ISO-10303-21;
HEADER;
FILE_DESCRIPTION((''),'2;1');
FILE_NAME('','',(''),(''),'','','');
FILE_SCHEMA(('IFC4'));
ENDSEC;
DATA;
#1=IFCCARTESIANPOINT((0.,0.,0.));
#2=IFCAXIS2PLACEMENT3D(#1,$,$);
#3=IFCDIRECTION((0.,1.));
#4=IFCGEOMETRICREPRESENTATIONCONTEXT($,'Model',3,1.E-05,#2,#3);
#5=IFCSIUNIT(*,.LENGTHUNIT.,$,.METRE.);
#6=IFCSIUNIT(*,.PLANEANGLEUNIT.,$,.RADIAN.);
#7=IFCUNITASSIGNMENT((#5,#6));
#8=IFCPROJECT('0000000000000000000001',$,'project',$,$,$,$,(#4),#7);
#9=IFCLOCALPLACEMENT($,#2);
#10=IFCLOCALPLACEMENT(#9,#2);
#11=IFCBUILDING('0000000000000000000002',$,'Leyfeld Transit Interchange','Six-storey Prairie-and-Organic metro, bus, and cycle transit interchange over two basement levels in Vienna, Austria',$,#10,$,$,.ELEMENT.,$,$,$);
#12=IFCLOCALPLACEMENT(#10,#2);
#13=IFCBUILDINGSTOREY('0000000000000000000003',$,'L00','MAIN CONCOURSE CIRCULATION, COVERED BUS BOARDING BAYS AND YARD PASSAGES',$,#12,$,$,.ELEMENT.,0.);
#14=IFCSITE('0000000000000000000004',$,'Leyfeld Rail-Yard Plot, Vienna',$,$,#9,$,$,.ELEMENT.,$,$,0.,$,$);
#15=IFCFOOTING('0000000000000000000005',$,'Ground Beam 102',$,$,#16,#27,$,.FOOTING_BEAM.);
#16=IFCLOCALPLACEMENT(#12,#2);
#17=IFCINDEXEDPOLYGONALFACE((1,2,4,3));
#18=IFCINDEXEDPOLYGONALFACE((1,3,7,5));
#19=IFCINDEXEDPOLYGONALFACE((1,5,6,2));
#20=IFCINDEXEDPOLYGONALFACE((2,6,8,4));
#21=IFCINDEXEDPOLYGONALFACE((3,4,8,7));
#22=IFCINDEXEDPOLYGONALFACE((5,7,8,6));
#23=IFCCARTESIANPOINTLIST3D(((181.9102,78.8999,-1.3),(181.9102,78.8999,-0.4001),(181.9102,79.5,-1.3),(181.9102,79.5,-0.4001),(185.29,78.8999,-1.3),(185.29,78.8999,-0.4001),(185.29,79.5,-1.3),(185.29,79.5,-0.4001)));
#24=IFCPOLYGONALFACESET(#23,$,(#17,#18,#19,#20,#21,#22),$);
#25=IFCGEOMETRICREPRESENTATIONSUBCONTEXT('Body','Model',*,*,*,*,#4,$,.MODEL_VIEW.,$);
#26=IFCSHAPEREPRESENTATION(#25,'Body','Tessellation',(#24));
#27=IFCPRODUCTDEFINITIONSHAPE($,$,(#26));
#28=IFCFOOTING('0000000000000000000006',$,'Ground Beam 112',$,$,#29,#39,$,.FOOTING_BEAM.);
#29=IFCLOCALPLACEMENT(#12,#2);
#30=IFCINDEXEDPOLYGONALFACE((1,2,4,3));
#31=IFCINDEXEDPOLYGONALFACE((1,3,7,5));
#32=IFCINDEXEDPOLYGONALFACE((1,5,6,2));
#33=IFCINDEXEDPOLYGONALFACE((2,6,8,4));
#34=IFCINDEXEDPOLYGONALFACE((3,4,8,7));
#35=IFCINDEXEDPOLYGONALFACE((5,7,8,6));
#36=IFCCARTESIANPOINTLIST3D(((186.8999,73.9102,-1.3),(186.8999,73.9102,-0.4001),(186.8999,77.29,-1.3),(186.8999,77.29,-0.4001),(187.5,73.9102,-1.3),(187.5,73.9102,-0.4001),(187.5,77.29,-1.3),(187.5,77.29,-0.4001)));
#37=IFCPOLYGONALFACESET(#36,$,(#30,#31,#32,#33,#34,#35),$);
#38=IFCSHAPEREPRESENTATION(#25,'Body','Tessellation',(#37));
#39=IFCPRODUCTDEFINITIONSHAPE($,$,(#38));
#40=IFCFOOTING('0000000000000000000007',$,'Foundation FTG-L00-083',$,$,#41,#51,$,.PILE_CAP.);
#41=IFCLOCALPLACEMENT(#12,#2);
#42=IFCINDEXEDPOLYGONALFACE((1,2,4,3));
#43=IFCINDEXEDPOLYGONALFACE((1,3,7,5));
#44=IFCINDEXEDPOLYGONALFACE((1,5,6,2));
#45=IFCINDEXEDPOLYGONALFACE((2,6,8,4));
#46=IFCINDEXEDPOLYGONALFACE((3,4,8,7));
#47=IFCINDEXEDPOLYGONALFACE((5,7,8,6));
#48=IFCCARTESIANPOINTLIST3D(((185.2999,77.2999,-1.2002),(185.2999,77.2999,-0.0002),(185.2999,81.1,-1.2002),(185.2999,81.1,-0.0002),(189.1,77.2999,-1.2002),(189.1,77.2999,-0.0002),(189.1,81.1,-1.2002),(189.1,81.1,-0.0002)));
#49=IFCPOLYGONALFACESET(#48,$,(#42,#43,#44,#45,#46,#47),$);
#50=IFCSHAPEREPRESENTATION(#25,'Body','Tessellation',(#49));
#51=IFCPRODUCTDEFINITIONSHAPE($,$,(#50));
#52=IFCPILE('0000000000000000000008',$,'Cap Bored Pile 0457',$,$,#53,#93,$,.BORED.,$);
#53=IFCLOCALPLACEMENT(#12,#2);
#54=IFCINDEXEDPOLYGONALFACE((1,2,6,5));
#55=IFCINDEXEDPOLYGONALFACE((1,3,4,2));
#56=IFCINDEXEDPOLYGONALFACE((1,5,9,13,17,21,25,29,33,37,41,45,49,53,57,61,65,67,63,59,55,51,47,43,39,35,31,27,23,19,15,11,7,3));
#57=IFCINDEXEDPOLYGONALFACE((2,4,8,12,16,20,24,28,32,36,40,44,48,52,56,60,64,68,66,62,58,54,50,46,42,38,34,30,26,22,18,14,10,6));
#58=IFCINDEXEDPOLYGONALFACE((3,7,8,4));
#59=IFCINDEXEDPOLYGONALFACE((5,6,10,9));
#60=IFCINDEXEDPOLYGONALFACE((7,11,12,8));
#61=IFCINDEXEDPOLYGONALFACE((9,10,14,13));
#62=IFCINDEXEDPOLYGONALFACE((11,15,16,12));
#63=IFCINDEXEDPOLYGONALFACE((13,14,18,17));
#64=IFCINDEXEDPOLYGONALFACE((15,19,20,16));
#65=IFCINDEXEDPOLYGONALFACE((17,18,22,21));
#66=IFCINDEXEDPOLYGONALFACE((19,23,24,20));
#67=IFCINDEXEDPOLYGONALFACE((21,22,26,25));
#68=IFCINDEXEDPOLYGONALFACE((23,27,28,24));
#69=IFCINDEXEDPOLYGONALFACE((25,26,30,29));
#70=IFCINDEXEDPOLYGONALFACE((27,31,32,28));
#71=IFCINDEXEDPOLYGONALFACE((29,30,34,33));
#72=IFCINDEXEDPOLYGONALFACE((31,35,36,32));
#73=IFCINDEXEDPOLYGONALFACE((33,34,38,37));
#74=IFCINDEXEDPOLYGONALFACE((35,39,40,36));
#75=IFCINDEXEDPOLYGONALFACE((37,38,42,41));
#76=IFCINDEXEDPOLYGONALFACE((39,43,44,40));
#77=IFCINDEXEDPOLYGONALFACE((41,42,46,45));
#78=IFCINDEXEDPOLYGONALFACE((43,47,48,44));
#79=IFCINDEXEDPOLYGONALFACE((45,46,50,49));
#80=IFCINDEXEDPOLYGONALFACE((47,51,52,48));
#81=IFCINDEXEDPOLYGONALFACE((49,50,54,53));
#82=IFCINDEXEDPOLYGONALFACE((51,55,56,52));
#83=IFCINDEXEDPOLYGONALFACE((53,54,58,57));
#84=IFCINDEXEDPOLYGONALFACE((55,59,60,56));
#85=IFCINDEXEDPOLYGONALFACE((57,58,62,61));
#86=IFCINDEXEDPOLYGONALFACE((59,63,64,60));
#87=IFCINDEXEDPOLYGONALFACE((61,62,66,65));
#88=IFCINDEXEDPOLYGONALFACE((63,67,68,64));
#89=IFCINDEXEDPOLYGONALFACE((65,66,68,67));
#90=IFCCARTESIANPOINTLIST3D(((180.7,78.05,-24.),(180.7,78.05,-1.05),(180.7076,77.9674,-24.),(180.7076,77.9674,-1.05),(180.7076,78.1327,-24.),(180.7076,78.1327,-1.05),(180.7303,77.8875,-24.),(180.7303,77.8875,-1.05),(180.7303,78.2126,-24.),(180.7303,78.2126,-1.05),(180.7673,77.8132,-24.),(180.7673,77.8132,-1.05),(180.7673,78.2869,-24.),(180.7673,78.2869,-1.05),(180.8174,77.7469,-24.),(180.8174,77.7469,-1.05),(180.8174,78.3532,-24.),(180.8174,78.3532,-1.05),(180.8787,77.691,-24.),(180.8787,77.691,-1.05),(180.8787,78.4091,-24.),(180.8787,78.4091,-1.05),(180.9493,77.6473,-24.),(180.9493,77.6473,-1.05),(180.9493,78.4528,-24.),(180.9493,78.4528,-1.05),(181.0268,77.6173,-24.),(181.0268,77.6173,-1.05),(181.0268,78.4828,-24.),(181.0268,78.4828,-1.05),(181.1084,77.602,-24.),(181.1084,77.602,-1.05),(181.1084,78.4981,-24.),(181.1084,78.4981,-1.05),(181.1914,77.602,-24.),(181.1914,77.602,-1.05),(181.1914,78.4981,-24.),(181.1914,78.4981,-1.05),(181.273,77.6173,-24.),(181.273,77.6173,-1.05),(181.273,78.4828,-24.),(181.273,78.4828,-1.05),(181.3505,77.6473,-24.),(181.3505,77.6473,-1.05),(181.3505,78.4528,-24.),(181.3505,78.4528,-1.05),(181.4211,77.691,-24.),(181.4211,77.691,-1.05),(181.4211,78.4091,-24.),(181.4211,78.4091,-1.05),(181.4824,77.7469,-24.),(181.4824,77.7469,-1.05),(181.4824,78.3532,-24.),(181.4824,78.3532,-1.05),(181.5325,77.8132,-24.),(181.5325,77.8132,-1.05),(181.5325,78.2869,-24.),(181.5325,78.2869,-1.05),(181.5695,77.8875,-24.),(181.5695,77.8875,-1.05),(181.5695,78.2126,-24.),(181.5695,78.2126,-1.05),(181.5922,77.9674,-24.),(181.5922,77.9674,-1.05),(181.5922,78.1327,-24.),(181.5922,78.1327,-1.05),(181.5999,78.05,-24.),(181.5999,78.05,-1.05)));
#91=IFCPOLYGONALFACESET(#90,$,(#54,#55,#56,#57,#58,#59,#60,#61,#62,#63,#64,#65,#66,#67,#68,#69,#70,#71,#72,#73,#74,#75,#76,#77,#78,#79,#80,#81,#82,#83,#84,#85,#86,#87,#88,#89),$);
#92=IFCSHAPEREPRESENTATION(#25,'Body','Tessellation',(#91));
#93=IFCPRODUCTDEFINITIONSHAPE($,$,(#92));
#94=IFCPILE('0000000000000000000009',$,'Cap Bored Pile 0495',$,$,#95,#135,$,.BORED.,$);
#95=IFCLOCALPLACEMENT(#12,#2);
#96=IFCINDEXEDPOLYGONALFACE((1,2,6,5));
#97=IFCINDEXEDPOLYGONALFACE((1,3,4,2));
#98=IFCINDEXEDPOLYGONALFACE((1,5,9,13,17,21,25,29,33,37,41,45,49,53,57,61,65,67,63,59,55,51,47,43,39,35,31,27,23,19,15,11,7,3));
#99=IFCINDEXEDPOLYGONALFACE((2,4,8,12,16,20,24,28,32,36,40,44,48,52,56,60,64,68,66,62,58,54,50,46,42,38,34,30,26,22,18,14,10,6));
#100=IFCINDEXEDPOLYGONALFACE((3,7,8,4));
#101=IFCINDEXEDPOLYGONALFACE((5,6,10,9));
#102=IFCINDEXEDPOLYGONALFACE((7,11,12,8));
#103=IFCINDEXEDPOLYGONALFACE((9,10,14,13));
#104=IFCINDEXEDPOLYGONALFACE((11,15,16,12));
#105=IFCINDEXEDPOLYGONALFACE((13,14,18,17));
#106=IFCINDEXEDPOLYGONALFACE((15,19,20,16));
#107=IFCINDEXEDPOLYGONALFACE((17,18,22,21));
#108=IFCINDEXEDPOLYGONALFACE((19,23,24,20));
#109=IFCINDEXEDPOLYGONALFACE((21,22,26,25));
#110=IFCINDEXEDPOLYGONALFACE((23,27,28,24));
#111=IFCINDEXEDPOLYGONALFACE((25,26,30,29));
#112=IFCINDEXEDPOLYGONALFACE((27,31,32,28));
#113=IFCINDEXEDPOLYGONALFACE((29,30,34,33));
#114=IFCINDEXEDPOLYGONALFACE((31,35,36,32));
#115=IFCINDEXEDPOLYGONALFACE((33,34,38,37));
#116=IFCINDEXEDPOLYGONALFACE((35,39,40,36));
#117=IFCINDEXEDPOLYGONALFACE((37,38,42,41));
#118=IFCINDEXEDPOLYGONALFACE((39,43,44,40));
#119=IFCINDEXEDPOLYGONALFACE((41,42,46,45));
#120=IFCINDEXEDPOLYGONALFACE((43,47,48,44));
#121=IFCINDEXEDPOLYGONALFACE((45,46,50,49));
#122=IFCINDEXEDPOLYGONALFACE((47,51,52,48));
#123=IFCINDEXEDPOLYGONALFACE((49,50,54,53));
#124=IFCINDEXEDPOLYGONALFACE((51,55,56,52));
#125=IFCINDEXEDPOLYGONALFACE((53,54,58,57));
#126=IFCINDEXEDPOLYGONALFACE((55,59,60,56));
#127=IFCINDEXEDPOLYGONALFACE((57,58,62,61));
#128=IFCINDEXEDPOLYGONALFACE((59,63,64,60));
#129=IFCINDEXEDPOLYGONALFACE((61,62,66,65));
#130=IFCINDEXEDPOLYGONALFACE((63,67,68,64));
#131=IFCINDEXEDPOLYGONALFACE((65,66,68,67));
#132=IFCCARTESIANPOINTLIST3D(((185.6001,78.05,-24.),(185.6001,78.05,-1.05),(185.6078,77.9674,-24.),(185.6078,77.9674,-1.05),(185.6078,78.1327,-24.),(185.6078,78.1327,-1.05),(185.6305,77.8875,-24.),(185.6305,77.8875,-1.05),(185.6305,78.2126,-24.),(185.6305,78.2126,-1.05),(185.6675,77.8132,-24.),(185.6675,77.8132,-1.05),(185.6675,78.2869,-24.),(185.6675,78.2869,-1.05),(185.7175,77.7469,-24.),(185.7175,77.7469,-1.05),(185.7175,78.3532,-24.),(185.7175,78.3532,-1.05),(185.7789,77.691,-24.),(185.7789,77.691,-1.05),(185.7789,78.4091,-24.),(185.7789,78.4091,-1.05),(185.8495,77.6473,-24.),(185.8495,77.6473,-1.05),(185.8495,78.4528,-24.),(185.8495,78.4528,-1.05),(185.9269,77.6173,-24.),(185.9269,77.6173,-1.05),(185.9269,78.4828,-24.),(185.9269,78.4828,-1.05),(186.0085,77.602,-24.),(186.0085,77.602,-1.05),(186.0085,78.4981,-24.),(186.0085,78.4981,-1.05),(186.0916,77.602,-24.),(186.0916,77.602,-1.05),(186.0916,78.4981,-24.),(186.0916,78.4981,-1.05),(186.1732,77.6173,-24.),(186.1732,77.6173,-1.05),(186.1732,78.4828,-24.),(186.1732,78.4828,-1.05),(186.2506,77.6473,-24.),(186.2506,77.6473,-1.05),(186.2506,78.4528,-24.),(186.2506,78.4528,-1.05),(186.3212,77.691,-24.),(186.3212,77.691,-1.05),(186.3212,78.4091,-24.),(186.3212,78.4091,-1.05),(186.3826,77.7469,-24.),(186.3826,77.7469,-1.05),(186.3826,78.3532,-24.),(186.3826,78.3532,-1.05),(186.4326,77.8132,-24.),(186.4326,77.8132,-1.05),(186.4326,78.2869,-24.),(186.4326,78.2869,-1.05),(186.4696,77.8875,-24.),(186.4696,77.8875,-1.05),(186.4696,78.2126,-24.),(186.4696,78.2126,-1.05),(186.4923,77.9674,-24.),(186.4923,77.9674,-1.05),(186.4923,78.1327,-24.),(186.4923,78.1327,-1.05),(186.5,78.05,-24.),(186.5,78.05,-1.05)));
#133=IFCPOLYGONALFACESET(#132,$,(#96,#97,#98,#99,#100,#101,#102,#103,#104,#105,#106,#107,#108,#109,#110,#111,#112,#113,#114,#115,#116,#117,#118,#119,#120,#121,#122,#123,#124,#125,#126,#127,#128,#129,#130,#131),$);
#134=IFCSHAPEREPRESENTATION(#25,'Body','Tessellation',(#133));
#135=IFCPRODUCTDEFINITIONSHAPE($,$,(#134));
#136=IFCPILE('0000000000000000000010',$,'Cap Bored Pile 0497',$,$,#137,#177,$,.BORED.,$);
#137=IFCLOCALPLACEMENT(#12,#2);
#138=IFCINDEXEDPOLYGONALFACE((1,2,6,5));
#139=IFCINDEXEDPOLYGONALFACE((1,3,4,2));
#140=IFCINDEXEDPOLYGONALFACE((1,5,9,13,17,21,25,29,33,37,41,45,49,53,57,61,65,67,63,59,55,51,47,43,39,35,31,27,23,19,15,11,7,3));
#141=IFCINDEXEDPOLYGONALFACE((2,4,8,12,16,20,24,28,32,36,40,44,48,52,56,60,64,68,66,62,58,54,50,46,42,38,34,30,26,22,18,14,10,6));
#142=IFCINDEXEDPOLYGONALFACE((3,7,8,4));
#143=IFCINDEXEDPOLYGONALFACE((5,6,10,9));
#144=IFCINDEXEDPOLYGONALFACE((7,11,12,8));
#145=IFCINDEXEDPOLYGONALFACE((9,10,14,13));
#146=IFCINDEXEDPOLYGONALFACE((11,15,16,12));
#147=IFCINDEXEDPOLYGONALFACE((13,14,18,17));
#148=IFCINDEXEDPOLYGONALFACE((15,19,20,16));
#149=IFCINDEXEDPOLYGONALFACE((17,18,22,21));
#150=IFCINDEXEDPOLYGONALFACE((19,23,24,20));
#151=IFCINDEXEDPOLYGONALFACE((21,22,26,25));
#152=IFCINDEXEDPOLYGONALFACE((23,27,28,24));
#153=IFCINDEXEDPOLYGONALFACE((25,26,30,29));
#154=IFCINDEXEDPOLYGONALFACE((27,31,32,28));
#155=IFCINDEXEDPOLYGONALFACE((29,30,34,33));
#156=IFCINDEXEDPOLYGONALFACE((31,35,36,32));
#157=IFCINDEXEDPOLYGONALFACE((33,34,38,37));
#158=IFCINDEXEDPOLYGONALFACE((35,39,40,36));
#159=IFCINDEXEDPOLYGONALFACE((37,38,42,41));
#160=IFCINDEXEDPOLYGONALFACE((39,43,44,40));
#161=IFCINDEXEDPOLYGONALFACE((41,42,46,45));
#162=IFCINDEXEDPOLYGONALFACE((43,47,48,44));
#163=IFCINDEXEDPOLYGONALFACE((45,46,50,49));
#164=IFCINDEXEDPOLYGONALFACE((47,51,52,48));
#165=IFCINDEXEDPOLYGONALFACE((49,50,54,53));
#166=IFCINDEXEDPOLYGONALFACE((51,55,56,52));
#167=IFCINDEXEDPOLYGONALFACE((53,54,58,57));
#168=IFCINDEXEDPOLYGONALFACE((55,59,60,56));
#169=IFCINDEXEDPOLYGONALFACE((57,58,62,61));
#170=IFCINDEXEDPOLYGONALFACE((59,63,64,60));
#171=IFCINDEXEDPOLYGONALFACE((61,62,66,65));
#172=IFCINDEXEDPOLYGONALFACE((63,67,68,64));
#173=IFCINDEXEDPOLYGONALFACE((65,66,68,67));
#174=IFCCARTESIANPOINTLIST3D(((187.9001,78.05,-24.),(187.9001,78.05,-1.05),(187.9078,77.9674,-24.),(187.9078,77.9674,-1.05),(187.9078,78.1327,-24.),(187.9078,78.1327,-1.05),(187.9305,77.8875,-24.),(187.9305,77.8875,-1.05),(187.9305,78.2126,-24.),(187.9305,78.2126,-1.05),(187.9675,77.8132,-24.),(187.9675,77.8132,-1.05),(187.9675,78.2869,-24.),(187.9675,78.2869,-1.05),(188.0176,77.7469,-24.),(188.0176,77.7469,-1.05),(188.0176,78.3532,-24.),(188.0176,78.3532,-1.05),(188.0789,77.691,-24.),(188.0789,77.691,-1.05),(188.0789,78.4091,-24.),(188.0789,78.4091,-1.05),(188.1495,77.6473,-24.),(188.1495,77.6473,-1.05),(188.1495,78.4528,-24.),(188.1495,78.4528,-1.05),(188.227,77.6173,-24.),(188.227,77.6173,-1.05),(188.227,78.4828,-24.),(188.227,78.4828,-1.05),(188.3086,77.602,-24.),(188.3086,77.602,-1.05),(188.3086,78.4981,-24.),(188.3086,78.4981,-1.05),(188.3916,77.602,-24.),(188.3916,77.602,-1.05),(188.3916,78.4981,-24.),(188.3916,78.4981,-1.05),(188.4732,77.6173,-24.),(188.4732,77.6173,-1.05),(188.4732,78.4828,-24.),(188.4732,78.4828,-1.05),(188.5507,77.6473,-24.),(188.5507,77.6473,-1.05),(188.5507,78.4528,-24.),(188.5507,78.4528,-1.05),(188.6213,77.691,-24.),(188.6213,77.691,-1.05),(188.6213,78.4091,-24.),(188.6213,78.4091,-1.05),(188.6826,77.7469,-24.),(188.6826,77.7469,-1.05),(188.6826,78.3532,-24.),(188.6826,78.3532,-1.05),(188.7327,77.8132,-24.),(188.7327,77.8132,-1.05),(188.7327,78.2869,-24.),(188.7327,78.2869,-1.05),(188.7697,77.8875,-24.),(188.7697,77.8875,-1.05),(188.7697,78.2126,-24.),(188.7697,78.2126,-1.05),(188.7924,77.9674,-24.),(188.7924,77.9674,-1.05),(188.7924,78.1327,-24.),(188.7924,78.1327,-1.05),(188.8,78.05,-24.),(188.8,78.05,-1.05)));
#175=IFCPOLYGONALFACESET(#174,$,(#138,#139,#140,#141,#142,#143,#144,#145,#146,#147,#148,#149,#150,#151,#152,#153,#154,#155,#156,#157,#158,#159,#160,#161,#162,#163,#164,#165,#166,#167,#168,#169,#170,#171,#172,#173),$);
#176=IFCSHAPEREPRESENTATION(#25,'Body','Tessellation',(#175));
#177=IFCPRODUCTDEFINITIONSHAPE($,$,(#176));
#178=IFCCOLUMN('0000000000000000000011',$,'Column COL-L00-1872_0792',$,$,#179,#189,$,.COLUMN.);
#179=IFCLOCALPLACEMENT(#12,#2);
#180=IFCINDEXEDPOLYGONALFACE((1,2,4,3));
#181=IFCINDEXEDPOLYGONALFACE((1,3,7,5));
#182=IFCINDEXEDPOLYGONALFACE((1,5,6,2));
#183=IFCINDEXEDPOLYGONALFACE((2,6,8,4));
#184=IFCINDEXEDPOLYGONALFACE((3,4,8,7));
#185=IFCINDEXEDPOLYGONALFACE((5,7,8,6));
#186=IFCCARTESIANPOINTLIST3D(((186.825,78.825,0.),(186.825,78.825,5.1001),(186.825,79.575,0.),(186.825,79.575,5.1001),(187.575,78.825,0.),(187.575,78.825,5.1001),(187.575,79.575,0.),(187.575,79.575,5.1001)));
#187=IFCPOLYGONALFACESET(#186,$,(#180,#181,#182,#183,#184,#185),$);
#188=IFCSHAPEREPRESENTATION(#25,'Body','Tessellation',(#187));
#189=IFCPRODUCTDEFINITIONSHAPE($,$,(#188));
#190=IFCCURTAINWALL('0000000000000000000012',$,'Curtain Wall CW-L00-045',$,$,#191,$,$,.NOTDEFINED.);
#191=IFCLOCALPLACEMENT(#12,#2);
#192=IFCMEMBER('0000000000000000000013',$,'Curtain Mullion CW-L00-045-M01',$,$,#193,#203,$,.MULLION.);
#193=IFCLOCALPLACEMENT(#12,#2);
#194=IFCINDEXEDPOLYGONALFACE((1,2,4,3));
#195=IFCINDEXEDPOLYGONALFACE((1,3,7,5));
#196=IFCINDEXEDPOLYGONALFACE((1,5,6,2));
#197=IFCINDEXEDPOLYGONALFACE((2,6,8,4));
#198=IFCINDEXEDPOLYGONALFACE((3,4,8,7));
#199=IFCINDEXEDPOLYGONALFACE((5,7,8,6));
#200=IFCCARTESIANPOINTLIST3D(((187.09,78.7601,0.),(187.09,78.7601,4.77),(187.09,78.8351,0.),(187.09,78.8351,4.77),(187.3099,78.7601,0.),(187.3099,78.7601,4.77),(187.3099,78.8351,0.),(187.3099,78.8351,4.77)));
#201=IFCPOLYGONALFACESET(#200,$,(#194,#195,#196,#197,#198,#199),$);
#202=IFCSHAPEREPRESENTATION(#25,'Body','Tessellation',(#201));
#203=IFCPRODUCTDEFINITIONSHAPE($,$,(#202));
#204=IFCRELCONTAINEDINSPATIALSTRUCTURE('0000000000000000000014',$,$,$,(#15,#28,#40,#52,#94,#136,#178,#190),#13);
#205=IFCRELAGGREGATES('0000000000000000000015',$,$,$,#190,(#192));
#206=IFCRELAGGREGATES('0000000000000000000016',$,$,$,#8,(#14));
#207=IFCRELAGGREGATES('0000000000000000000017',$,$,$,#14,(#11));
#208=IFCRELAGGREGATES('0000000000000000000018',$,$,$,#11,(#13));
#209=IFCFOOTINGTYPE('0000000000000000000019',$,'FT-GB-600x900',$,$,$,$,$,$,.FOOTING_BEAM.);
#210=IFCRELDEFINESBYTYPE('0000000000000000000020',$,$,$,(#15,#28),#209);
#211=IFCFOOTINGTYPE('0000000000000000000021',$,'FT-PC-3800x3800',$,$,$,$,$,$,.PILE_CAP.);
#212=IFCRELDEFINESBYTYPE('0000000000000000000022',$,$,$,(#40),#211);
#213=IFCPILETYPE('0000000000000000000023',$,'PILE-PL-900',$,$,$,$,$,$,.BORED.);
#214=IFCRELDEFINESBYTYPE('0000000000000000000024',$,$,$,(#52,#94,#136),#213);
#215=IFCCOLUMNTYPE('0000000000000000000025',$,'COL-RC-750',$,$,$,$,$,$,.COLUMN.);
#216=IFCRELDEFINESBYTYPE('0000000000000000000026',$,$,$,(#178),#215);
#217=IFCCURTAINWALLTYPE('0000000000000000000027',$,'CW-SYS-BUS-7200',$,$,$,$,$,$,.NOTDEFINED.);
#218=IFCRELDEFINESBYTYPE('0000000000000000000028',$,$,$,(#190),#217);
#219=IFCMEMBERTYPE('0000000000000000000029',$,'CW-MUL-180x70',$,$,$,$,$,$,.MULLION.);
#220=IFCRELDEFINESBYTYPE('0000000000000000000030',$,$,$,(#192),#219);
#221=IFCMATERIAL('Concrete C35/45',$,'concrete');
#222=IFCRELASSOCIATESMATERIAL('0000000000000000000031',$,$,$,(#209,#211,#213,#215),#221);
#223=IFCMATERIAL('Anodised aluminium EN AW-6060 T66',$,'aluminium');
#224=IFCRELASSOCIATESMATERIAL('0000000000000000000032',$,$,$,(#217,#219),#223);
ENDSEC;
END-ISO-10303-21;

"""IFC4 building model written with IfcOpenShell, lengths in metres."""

from ifc_helpers import new_model, si_unit, direction, frame, origin, origin_2d, place, context, subcontext, project, spatial, rectangle, circle, extrude, material, material_profile, profile_set, type_object, element, aggregate, save


model = new_model("IFC4")

# Units and contexts
model_context = context("Model", 3, precision=1e-05, world=origin(), true_north=direction((0.0, 1.0)))
body_context = subcontext(model_context, "Body", "Model", "MODEL_VIEW")
ifc_project = project(units=[si_unit("LENGTHUNIT", "METRE"), si_unit("PLANEANGLEUNIT", "RADIAN")], contexts=[model_context])

# Site, building, storey
site_placement = place(None, origin())
site = spatial("IfcSite", under=ifc_project, at=site_placement, Name="Leyfeld Rail-Yard Plot, Vienna", CompositionType="ELEMENT", RefElevation=0.0)
building_placement = place(site_placement, origin())
building = spatial("IfcBuilding", under=site, at=building_placement, Name="Leyfeld Transit Interchange", Description="Six-storey Prairie-and-Organic metro, bus, and cycle transit interchange over two basement levels in Vienna, Austria", CompositionType="ELEMENT")
storey_placement = place(building_placement, origin())
storey = spatial("IfcBuildingStorey", under=building, at=storey_placement, Name="L00", Description="MAIN CONCOURSE CIRCULATION, COVERED BUS BOARDING BAYS AND YARD PASSAGES", CompositionType="ELEMENT", Elevation=0.0)

# Footings
ifc_material_1 = material(Name="Concrete C35/45", Category="concrete")
footing_type_1 = type_object("IfcFootingType", Name="FT-GB-600x900", PredefinedType="FOOTING_BEAM", material=ifc_material_1)
footing_1_placement = place(storey_placement, frame((183.6001, 79.2, -1.3), z_axis=(0.0, 0.0, 1.0), x_axis=(1.0, 0.0, 0.0)))
element("IfcFooting", 1, at=footing_1_placement, inside=storey, type_object=footing_type_1, Name="Ground Beam 102", PredefinedType="FOOTING_BEAM", context=body_context, shape_type="SweptSolid", body=[
    extrude(rectangle(XDim=3.3799, YDim=0.6001, at=origin_2d()), origin(), (0.0, 0.0, 1.0), 0.8999),
])
footing_2_placement = place(storey_placement, frame((187.2, 75.6001, -1.3), z_axis=(0.0, 0.0, 1.0), x_axis=(1.0, 0.0, 0.0)))
element("IfcFooting", 2, at=footing_2_placement, inside=storey, type_object=footing_type_1, Name="Ground Beam 112", PredefinedType="FOOTING_BEAM", context=body_context, shape_type="SweptSolid", body=[
    extrude(rectangle(XDim=0.6001, YDim=3.3799, at=origin_2d()), origin(), (0.0, 0.0, 1.0), 0.8999),
])
footing_type_2 = type_object("IfcFootingType", Name="FT-PC-3800x3800", PredefinedType="PILE_CAP", material=ifc_material_1)
footing_3_placement = place(storey_placement, frame((187.2, 79.2, -1.2002), z_axis=(0.0, 0.0, 1.0), x_axis=(1.0, 0.0, 0.0)))
element("IfcFooting", 3, at=footing_3_placement, inside=storey, type_object=footing_type_2, Name="Foundation FTG-L00-083", PredefinedType="PILE_CAP", context=body_context, shape_type="SweptSolid", body=[
    extrude(rectangle(XDim=3.8, YDim=3.8, at=origin_2d()), origin(), (0.0, 0.0, 1.0), 1.2),
])

# Piles
ifc_material_profile_1 = material_profile(ifc_material_1, circle(Radius=0.45, at=origin_2d()), Name="PILE D900")
ifc_profile_set_1 = profile_set([ifc_material_profile_1], Name="Concrete C35/45")
pile_type = type_object("IfcPileType", Name="PILE-PL-900", PredefinedType="BORED", material=ifc_profile_set_1)
for number, where, z_axis, x_axis, name in (
    (4, (181.1499, 78.05, -1.05), (0.0, 0.0, -1.0), (1.0, 0.0, 0.0), "Cap Bored Pile 0457"),
    (5, (186.05, 78.05, -1.05), (0.0, 0.0, -1.0), (1.0, 0.0, 0.0), "Cap Bored Pile 0495"),
    (6, (188.3501, 78.05, -1.05), (0.0, 0.0, -1.0), (1.0, 0.0, 0.0), "Cap Bored Pile 0497"),
):
    element("IfcPile", number, at=place(storey_placement, frame(where, z_axis=z_axis, x_axis=x_axis)), inside=storey, type_object=pile_type, Name=name, PredefinedType="BORED", context=body_context, shape_type="SweptSolid", body=[
        extrude(circle(Radius=0.45, at=origin_2d()), origin(), (0.0, 0.0, 1.0), 22.95),
    ])

# Column
ifc_material_profile_2 = material_profile(ifc_material_1, rectangle(XDim=0.75, YDim=0.75, at=origin_2d()), Name="RC 750x750")
ifc_profile_set_2 = profile_set([ifc_material_profile_2], Name="Concrete C35/45")
column_type = type_object("IfcColumnType", Name="COL-RC-750", PredefinedType="COLUMN", material=ifc_profile_set_2)
column_placement = place(storey_placement, frame((187.2, 79.2, 0.0), z_axis=(0.0, 0.0, 1.0), x_axis=(1.0, 0.0, 0.0)))
element("IfcColumn", 7, at=column_placement, inside=storey, type_object=column_type, Name="Column COL-L00-1872_0792", PredefinedType="COLUMN", context=body_context, shape_type="SweptSolid", body=[
    extrude(rectangle(XDim=0.75, YDim=0.75, at=origin_2d()), origin(), (0.0, 0.0, 1.0), 5.1001),
])

# Curtain wall, member
ifc_material_2 = material(Name="Anodised aluminium EN AW-6060 T66", Category="aluminium")
curtain_wall_type = type_object("IfcCurtainWallType", Name="CW-SYS-BUS-7200", PredefinedType="NOTDEFINED", material=ifc_material_2)
curtain_wall_placement = place(storey_placement, origin())
curtain_wall = element("IfcCurtainWall", 8, at=curtain_wall_placement, inside=storey, type_object=curtain_wall_type, Name="Curtain Wall CW-L00-045", PredefinedType="NOTDEFINED")
ifc_material_profile_3 = material_profile(ifc_material_2, rectangle(XDim=0.075, YDim=0.22, at=origin_2d()), Name="CW-M 75x220")
ifc_profile_set_3 = profile_set([ifc_material_profile_3], Name="Anodised aluminium EN AW-6060 T66")
member_type_1 = type_object("IfcMemberType", Name="CW-MUL-180x70", PredefinedType="MULLION", material=ifc_profile_set_3)
member_1_placement = place(storey_placement, frame((187.2, 78.7976, 0.0), z_axis=(0.0, 0.0, 1.0), x_axis=(0.0, -1.0, 0.0)))
member_1 = element("IfcMember", 9, at=member_1_placement, type_object=member_type_1, Name="Curtain Mullion CW-L00-045-M01", PredefinedType="MULLION", context=body_context, shape_type="SweptSolid", body=[
    extrude(rectangle(XDim=0.075, YDim=0.22, at=origin_2d()), origin(), (0.0, 0.0, 1.0), 4.77),
])
aggregate(curtain_wall, [member_1])

save(model, "model.ifc")
